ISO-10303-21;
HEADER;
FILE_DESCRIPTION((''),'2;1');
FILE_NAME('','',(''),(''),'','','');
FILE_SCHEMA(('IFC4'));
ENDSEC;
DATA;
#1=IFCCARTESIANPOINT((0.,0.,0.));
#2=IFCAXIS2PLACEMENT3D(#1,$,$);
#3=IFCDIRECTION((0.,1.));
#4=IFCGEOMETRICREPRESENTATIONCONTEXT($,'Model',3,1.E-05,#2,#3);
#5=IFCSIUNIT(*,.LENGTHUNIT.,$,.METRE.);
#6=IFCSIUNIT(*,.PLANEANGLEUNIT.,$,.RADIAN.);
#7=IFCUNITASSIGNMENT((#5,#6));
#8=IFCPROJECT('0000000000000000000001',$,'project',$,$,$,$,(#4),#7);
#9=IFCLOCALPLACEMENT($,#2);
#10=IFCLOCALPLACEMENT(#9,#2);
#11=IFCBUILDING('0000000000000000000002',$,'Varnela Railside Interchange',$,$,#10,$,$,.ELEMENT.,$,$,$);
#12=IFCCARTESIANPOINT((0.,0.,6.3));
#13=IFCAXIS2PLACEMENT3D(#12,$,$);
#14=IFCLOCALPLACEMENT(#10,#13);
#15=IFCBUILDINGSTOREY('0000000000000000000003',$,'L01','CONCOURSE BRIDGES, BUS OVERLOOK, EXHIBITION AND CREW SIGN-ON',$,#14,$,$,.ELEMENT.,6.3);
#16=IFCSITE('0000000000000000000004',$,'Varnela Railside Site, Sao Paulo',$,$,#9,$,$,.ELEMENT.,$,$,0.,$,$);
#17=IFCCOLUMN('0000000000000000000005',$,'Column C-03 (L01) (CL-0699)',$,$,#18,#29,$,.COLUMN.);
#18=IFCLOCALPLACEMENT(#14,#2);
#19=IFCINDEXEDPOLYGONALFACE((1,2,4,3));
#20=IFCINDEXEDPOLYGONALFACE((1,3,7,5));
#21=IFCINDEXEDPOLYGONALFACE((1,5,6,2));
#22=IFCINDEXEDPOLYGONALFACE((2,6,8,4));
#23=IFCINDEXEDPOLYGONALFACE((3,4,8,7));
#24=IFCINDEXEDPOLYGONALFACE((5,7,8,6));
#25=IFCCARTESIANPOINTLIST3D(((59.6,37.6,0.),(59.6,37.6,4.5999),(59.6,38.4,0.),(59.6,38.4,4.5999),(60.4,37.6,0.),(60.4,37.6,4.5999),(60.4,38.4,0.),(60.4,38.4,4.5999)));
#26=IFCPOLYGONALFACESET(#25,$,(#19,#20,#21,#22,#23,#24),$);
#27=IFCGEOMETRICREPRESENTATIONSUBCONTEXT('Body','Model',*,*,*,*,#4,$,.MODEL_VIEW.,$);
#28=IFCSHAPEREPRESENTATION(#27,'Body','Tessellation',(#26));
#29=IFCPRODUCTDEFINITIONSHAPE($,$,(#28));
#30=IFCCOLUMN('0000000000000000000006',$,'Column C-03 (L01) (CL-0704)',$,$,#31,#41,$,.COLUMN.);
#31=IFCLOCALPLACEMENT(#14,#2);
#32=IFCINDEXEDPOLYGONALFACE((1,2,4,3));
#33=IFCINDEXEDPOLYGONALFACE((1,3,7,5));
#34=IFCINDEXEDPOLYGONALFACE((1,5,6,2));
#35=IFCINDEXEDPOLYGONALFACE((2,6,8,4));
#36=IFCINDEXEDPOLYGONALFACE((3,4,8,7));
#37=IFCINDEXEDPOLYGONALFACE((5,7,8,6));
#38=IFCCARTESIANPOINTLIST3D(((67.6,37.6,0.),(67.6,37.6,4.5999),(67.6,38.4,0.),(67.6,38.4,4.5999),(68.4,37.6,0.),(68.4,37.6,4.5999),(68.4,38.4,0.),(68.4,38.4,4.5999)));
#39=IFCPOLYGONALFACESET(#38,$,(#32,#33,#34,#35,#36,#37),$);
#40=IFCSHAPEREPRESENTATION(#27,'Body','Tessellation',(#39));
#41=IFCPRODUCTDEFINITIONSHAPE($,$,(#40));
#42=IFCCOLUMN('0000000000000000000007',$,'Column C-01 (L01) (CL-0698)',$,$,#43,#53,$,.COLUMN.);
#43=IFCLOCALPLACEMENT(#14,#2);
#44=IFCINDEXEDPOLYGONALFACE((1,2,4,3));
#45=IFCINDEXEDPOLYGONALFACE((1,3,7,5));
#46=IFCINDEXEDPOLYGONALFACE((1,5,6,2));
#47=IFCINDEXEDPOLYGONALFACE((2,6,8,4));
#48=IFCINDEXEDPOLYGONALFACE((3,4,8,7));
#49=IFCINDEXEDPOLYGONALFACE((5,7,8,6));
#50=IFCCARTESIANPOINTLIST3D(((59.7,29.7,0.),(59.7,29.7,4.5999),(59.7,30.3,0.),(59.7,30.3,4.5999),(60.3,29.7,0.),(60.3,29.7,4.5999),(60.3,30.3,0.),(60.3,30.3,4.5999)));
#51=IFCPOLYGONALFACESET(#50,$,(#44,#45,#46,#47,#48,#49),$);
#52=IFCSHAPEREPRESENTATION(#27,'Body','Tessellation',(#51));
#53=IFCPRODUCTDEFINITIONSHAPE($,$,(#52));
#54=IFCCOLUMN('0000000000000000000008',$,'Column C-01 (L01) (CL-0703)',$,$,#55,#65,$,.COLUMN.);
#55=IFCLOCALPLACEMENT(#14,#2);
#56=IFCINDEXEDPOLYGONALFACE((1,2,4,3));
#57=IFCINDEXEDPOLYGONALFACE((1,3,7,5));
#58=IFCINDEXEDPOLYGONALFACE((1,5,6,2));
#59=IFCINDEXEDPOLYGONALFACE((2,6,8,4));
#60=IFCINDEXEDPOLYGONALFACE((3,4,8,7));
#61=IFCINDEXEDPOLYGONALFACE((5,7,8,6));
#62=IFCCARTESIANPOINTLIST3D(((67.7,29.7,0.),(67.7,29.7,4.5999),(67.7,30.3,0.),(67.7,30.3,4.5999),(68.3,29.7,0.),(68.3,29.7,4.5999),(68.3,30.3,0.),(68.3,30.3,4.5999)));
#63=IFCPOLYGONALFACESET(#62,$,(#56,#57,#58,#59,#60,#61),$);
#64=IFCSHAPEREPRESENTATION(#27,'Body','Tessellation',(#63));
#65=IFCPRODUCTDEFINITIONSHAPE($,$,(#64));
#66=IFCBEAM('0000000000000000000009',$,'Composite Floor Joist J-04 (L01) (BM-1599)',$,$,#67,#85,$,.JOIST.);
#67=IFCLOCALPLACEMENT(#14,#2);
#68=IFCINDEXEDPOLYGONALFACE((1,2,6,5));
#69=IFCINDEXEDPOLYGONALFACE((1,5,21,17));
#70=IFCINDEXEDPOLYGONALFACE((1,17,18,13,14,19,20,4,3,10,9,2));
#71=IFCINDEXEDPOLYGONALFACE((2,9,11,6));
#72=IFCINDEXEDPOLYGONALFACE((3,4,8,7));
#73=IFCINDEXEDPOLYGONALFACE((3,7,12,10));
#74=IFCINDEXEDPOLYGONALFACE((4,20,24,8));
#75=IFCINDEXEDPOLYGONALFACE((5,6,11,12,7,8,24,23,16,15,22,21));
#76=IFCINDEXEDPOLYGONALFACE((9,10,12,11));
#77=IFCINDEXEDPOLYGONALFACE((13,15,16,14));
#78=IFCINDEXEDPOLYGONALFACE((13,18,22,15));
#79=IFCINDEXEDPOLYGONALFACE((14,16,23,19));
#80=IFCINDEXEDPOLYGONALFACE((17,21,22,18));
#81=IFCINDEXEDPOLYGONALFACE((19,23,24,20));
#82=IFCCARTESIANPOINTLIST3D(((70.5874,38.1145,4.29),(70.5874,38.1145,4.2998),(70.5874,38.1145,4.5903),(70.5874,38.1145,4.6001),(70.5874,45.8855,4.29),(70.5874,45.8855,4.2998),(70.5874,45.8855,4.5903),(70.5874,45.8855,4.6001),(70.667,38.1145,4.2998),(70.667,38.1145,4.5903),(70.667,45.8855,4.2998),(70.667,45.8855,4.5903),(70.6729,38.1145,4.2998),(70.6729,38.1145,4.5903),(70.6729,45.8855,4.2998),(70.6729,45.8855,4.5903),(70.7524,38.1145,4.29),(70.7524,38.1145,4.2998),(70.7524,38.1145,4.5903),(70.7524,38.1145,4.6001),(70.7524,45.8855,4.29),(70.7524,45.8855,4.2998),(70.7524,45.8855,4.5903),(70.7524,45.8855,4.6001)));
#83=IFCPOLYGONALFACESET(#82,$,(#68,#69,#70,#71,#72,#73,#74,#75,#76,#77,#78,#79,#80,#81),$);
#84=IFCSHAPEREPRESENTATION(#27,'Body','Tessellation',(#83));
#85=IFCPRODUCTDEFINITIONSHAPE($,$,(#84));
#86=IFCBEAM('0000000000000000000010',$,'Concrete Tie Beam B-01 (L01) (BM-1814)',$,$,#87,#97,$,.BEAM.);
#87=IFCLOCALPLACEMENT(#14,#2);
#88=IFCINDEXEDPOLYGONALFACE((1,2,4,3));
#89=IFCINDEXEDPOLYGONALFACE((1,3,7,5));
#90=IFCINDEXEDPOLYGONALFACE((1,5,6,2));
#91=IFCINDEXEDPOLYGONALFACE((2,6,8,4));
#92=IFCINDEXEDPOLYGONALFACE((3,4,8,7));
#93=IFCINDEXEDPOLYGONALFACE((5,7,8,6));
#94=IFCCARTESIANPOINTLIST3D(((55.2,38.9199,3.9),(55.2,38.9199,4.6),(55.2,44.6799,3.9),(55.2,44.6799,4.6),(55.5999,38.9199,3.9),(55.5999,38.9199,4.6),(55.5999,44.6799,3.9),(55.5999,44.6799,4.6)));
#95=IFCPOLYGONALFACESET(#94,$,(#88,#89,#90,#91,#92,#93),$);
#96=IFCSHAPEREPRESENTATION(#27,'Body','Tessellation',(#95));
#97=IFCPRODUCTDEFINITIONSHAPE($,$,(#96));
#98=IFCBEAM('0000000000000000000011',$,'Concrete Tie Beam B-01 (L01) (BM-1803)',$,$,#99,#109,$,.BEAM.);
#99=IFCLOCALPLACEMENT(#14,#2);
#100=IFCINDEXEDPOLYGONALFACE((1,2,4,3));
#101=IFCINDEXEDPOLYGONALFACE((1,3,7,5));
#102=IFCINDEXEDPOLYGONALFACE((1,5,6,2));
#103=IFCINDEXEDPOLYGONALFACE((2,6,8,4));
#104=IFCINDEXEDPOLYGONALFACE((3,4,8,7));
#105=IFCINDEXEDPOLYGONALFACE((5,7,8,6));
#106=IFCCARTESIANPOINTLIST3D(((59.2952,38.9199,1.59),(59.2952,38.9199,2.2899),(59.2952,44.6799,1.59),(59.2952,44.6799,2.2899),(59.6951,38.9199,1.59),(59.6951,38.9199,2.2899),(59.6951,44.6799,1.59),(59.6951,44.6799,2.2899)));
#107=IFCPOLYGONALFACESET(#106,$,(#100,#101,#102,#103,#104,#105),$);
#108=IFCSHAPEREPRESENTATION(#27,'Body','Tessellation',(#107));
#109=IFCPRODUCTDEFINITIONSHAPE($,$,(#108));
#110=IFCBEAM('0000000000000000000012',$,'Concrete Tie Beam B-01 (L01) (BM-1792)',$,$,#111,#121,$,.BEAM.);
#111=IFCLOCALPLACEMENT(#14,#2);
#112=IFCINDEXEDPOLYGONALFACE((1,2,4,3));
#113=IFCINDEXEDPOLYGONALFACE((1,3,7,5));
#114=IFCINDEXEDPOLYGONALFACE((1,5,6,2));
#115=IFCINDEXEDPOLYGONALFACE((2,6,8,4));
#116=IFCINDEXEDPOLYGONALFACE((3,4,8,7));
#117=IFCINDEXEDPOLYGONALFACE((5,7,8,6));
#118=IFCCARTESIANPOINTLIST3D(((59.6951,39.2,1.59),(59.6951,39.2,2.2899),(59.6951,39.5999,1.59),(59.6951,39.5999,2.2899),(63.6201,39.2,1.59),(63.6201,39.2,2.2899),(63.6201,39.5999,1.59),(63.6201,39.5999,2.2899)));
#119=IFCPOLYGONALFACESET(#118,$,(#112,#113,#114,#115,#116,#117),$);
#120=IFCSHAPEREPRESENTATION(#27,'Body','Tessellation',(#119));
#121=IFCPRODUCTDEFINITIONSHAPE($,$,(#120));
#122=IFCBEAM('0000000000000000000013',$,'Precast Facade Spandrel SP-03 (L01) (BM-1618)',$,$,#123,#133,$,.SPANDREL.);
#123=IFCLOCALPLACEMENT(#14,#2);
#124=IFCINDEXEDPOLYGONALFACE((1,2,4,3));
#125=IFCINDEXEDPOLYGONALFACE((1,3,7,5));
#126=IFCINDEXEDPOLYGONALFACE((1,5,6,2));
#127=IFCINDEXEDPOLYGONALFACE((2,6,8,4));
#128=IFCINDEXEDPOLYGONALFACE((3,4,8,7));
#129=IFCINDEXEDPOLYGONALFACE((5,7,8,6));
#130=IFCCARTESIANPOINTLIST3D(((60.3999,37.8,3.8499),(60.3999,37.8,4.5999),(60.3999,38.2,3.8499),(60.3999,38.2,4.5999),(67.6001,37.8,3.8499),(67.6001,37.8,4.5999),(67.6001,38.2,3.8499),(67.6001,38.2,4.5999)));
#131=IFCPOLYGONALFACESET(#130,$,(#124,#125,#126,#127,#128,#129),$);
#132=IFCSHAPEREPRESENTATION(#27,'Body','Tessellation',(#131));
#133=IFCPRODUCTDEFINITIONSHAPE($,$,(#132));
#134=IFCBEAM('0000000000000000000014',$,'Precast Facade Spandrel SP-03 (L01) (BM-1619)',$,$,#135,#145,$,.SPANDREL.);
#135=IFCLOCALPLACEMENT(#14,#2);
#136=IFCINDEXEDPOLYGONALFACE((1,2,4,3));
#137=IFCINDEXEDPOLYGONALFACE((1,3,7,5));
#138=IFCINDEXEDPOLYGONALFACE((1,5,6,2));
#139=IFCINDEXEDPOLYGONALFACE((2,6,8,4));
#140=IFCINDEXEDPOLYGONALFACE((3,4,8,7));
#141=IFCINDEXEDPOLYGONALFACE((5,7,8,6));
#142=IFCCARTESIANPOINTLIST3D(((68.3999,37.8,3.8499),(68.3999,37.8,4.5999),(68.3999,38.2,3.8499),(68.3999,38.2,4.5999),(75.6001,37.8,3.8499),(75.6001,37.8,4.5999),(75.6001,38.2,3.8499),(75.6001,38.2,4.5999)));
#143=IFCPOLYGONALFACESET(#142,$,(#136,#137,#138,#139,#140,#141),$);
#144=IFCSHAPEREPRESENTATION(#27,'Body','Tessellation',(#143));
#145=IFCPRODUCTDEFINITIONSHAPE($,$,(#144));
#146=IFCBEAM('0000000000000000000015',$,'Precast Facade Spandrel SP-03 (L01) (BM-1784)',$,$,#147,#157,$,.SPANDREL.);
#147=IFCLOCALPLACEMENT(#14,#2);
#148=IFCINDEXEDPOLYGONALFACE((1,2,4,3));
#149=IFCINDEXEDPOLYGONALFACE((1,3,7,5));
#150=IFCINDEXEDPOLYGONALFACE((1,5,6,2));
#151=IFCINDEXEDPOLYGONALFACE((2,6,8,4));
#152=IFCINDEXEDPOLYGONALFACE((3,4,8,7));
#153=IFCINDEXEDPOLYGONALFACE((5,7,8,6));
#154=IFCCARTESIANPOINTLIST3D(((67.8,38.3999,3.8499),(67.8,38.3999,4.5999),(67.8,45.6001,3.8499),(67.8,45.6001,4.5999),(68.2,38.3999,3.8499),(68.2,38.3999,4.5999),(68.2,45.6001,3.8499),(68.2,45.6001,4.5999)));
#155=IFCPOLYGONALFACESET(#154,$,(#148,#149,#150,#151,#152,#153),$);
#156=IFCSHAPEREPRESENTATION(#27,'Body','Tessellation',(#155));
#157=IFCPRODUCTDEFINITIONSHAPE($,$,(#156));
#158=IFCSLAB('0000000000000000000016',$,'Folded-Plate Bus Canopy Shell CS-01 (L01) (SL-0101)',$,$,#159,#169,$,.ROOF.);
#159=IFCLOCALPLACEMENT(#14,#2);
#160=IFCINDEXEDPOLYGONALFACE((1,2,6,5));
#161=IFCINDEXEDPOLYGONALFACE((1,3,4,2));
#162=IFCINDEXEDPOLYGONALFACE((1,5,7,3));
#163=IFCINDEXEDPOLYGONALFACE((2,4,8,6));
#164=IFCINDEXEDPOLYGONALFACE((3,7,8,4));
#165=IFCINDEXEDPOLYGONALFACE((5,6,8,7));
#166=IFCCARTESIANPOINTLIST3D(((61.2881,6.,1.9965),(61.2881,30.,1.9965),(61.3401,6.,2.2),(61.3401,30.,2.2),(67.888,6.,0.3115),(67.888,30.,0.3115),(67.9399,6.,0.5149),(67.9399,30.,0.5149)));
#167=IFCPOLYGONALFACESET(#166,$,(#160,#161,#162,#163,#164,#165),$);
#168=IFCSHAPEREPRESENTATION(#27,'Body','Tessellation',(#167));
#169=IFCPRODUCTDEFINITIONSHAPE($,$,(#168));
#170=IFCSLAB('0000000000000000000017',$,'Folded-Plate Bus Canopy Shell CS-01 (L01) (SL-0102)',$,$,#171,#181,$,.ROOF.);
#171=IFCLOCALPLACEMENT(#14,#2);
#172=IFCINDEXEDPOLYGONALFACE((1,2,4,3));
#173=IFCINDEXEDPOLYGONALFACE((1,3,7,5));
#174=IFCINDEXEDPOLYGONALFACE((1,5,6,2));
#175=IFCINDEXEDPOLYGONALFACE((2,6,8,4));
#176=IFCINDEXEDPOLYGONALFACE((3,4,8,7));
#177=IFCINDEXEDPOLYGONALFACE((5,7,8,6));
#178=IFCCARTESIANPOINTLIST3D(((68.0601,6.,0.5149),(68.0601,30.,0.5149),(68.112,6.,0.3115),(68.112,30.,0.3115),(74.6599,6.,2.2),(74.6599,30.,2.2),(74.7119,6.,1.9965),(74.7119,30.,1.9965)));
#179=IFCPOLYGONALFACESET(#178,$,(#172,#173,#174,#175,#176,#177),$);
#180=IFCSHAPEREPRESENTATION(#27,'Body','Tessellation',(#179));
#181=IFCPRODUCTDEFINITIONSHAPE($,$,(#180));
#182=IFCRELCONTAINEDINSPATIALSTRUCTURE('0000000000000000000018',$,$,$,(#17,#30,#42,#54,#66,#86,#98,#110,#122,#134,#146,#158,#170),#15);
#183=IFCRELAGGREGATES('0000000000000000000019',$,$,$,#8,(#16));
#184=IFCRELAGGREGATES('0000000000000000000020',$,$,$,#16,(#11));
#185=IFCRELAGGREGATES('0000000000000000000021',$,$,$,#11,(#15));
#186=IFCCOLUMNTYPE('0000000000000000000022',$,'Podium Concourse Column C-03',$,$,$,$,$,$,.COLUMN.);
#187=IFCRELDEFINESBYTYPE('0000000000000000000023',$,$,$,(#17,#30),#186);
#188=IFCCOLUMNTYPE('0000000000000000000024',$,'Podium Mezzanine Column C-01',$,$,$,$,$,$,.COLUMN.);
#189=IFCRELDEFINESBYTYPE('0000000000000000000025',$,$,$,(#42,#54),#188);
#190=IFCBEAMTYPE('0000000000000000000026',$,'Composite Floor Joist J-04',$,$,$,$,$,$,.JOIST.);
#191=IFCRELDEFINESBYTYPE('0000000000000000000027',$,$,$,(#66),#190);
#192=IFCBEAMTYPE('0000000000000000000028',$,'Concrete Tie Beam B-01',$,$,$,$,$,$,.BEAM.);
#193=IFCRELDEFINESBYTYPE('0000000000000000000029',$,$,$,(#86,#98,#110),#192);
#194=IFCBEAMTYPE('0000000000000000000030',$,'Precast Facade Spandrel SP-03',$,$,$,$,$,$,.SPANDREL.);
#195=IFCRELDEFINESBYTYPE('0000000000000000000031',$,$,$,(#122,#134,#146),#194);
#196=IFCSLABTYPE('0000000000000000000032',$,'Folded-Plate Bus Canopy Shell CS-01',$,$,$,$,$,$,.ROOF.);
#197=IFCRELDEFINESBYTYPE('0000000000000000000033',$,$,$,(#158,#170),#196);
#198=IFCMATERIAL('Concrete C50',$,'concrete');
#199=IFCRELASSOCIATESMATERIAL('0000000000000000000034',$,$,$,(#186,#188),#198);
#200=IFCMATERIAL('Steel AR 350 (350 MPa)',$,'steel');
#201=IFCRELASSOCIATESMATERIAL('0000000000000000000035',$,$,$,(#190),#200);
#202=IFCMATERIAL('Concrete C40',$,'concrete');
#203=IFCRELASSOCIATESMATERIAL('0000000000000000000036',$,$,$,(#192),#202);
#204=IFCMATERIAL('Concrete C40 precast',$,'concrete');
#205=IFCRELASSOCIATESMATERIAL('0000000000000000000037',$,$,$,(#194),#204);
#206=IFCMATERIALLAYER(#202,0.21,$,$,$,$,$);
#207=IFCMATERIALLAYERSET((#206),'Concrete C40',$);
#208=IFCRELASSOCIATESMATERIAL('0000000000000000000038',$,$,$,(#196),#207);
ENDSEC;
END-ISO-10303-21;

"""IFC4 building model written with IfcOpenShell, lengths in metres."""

from ifc_helpers import new_model, si_unit, direction, frame, origin, origin_2d, place, context, subcontext, project, spatial, polyline, rectangle, i_section, outline, extrude, material, layer, layer_set, material_profile, profile_set, type_object, element, save


model = new_model("IFC4")

# Units and contexts
model_context = context("Model", 3, precision=1e-05, world=origin(), true_north=direction((0.0, 1.0)))
body_context = subcontext(model_context, "Body", "Model", "MODEL_VIEW")
ifc_project = project(units=[si_unit("LENGTHUNIT", "METRE"), si_unit("PLANEANGLEUNIT", "RADIAN")], contexts=[model_context])

# Site, building, storey
site_placement = place(None, origin())
site = spatial("IfcSite", under=ifc_project, at=site_placement, Name="Varnela Railside Site, Sao Paulo", CompositionType="ELEMENT", RefElevation=0.0)
building_placement = place(site_placement, origin())
building = spatial("IfcBuilding", under=site, at=building_placement, Name="Varnela Railside Interchange", CompositionType="ELEMENT")
storey_placement = place(building_placement, frame((0.0, 0.0, 6.3)))
storey = spatial("IfcBuildingStorey", under=building, at=storey_placement, Name="L01", Description="CONCOURSE BRIDGES, BUS OVERLOOK, EXHIBITION AND CREW SIGN-ON", CompositionType="ELEMENT", Elevation=6.3)

# Columns
ifc_material_1 = material(Name="Concrete C50", Category="concrete")
ifc_material_profile_1 = material_profile(ifc_material_1, rectangle(XDim=0.8, YDim=0.8, at=origin_2d()), Name="RC 800x800")
ifc_profile_set_1 = profile_set([ifc_material_profile_1], Name="Concrete C50")
column_type_1 = type_object("IfcColumnType", Name="Podium Concourse Column C-03", PredefinedType="COLUMN", material=ifc_profile_set_1)
for number, where, z_axis, x_axis, name in (
    (1, (60.0, 38.0, 0.0), (0.0, 0.0, 1.0), (1.0, 0.0, 0.0), "Column C-03 (L01) (CL-0699)"),
    (2, (68.0, 38.0, 0.0), (0.0, 0.0, 1.0), (1.0, 0.0, 0.0), "Column C-03 (L01) (CL-0704)"),
):
    element("IfcColumn", number, at=place(storey_placement, frame(where, z_axis=z_axis, x_axis=x_axis)), inside=storey, type_object=column_type_1, Name=name, PredefinedType="COLUMN", context=body_context, shape_type="SweptSolid", body=[
        extrude(rectangle(XDim=0.8, YDim=0.8, at=origin_2d()), origin(), (0.0, 0.0, 1.0), 4.5999),
    ])
ifc_material_profile_2 = material_profile(ifc_material_1, rectangle(XDim=0.6001, YDim=0.6001, at=origin_2d()), Name="RC 600x600")
ifc_profile_set_2 = profile_set([ifc_material_profile_2], Name="Concrete C50")
column_type_2 = type_object("IfcColumnType", Name="Podium Mezzanine Column C-01", PredefinedType="COLUMN", material=ifc_profile_set_2)
for number, where, z_axis, x_axis, name in (
    (3, (60.0, 30.0, 0.0), (0.0, 0.0, 1.0), (1.0, 0.0, 0.0), "Column C-01 (L01) (CL-0698)"),
    (4, (68.0, 30.0, 0.0), (0.0, 0.0, 1.0), (1.0, 0.0, 0.0), "Column C-01 (L01) (CL-0703)"),
):
    element("IfcColumn", number, at=place(storey_placement, frame(where, z_axis=z_axis, x_axis=x_axis)), inside=storey, type_object=column_type_2, Name=name, PredefinedType="COLUMN", context=body_context, shape_type="SweptSolid", body=[
        extrude(rectangle(XDim=0.6001, YDim=0.6001, at=origin_2d()), origin(), (0.0, 0.0, 1.0), 4.5999),
    ])

# Beams
ifc_material_2 = material(Name="Steel AR 350 (350 MPa)", Category="steel")
ifc_material_profile_3 = material_profile(ifc_material_2, i_section(OverallWidth=0.165, OverallDepth=0.3101, WebThickness=0.0059, FlangeThickness=0.0098, at=origin_2d()), Name="W310x38.7")
ifc_profile_set_3 = profile_set([ifc_material_profile_3], Name="Steel AR 350 (350 MPa)")
beam_type_1 = type_object("IfcBeamType", Name="Composite Floor Joist J-04", PredefinedType="JOIST", material=ifc_profile_set_3)
beam_1_placement = place(storey_placement, frame((70.6699, 38.1145, 4.4451), z_axis=(0.0, 1.0, 0.0), x_axis=(-1.0, 0.0, 0.0)))
element("IfcBeam", 5, at=beam_1_placement, inside=storey, type_object=beam_type_1, Name="Composite Floor Joist J-04 (L01) (BM-1599)", PredefinedType="JOIST", context=body_context, shape_type="SweptSolid", body=[
    extrude(i_section(OverallWidth=0.165, OverallDepth=0.3101, WebThickness=0.0059, FlangeThickness=0.0098, at=origin_2d()), origin(), (0.0, 0.0, 1.0), 7.771),
])
ifc_material_3 = material(Name="Concrete C40", Category="concrete")
ifc_material_profile_4 = material_profile(ifc_material_3, rectangle(XDim=0.3999, YDim=0.7, at=origin_2d()), Name="RC 400x700")
ifc_profile_set_4 = profile_set([ifc_material_profile_4], Name="Concrete C40")
beam_type_2 = type_object("IfcBeamType", Name="Concrete Tie Beam B-01", PredefinedType="BEAM", material=ifc_profile_set_4)
for number, where, z_axis, x_axis, name in (
    (6, (55.3999, 38.9199, 4.25), (0.0, 1.0, 0.0), (-1.0, 0.0, 0.0), "Concrete Tie Beam B-01 (L01) (BM-1814)"),
    (7, (59.4951, 38.9199, 1.9399), (0.0, 1.0, 0.0), (-1.0, 0.0, 0.0), "Concrete Tie Beam B-01 (L01) (BM-1803)"),
):
    element("IfcBeam", number, at=place(storey_placement, frame(where, z_axis=z_axis, x_axis=x_axis)), inside=storey, type_object=beam_type_2, Name=name, PredefinedType="BEAM", context=body_context, shape_type="SweptSolid", body=[
        extrude(rectangle(XDim=0.3999, YDim=0.7, at=origin_2d()), origin(), (0.0, 0.0, 1.0), 5.76),
    ])
beam_2_placement = place(storey_placement, frame((59.6951, 39.3999, 1.9399), z_axis=(1.0, 0.0, 0.0), x_axis=(0.0, 1.0, 0.0)))
element("IfcBeam", 8, at=beam_2_placement, inside=storey, type_object=beam_type_2, Name="Concrete Tie Beam B-01 (L01) (BM-1792)", PredefinedType="BEAM", context=body_context, shape_type="SweptSolid", body=[
    extrude(rectangle(XDim=0.3999, YDim=0.7, at=origin_2d()), origin(), (0.0, 0.0, 1.0), 3.925),
])
ifc_material_4 = material(Name="Concrete C40 precast", Category="concrete")
ifc_material_profile_5 = material_profile(ifc_material_4, rectangle(XDim=0.3999, YDim=0.75, at=origin_2d()), Name="PC 400x750")
ifc_profile_set_5 = profile_set([ifc_material_profile_5], Name="Concrete C40 precast")
beam_type_3 = type_object("IfcBeamType", Name="Precast Facade Spandrel SP-03", PredefinedType="SPANDREL", material=ifc_profile_set_5)
for number, where, z_axis, x_axis, name in (
    (9, (60.3999, 38.0, 4.2249), (1.0, 0.0, 0.0), (0.0, 1.0, 0.0), "Precast Facade Spandrel SP-03 (L01) (BM-1618)"),
    (10, (68.3999, 38.0, 4.2249), (1.0, 0.0, 0.0), (0.0, 1.0, 0.0), "Precast Facade Spandrel SP-03 (L01) (BM-1619)"),
    (11, (68.0, 38.3999, 4.2249), (0.0, 1.0, 0.0), (-1.0, 0.0, 0.0), "Precast Facade Spandrel SP-03 (L01) (BM-1784)"),
):
    element("IfcBeam", number, at=place(storey_placement, frame(where, z_axis=z_axis, x_axis=x_axis)), inside=storey, type_object=beam_type_3, Name=name, PredefinedType="SPANDREL", context=body_context, shape_type="SweptSolid", body=[
        extrude(rectangle(XDim=0.3999, YDim=0.75, at=origin_2d()), origin(), (0.0, 0.0, 1.0), 7.2002),
    ])

# Slabs
ifc_layer_1 = layer(ifc_material_3, 0.21)
ifc_layer_set_1 = layer_set([ifc_layer_1], Name="Concrete C40")
slab_type = type_object("IfcSlabType", Name="Folded-Plate Bus Canopy Shell CS-01", PredefinedType="ROOF", material=ifc_layer_set_1)
for number, where, z_axis, x_axis, name in (
    (12, (61.3401, 6.0, 2.2), (0.247382, 0.0, 0.968918), (0.968918, 0.0, -0.247382), "Folded-Plate Bus Canopy Shell CS-01 (L01) (SL-0101)"),
    (13, (68.0601, 6.0, 0.5149), (-0.247382, 0.0, 0.968918), (0.968918, 0.0, 0.247382), "Folded-Plate Bus Canopy Shell CS-01 (L01) (SL-0102)"),
):
    element("IfcSlab", number, at=place(storey_placement, frame(where, z_axis=z_axis, x_axis=x_axis)), inside=storey, type_object=slab_type, Name=name, PredefinedType="ROOF", context=body_context, shape_type="SweptSolid", body=[
        extrude(outline(polyline([(0.0, 0.0), (6.8116, 0.0), (6.8116, 24.0), (0.0, 24.0), (0.0, 0.0)])), origin(), (0.0, 0.0, -1.0), 0.21),
    ])

save(model, "model.ifc")
